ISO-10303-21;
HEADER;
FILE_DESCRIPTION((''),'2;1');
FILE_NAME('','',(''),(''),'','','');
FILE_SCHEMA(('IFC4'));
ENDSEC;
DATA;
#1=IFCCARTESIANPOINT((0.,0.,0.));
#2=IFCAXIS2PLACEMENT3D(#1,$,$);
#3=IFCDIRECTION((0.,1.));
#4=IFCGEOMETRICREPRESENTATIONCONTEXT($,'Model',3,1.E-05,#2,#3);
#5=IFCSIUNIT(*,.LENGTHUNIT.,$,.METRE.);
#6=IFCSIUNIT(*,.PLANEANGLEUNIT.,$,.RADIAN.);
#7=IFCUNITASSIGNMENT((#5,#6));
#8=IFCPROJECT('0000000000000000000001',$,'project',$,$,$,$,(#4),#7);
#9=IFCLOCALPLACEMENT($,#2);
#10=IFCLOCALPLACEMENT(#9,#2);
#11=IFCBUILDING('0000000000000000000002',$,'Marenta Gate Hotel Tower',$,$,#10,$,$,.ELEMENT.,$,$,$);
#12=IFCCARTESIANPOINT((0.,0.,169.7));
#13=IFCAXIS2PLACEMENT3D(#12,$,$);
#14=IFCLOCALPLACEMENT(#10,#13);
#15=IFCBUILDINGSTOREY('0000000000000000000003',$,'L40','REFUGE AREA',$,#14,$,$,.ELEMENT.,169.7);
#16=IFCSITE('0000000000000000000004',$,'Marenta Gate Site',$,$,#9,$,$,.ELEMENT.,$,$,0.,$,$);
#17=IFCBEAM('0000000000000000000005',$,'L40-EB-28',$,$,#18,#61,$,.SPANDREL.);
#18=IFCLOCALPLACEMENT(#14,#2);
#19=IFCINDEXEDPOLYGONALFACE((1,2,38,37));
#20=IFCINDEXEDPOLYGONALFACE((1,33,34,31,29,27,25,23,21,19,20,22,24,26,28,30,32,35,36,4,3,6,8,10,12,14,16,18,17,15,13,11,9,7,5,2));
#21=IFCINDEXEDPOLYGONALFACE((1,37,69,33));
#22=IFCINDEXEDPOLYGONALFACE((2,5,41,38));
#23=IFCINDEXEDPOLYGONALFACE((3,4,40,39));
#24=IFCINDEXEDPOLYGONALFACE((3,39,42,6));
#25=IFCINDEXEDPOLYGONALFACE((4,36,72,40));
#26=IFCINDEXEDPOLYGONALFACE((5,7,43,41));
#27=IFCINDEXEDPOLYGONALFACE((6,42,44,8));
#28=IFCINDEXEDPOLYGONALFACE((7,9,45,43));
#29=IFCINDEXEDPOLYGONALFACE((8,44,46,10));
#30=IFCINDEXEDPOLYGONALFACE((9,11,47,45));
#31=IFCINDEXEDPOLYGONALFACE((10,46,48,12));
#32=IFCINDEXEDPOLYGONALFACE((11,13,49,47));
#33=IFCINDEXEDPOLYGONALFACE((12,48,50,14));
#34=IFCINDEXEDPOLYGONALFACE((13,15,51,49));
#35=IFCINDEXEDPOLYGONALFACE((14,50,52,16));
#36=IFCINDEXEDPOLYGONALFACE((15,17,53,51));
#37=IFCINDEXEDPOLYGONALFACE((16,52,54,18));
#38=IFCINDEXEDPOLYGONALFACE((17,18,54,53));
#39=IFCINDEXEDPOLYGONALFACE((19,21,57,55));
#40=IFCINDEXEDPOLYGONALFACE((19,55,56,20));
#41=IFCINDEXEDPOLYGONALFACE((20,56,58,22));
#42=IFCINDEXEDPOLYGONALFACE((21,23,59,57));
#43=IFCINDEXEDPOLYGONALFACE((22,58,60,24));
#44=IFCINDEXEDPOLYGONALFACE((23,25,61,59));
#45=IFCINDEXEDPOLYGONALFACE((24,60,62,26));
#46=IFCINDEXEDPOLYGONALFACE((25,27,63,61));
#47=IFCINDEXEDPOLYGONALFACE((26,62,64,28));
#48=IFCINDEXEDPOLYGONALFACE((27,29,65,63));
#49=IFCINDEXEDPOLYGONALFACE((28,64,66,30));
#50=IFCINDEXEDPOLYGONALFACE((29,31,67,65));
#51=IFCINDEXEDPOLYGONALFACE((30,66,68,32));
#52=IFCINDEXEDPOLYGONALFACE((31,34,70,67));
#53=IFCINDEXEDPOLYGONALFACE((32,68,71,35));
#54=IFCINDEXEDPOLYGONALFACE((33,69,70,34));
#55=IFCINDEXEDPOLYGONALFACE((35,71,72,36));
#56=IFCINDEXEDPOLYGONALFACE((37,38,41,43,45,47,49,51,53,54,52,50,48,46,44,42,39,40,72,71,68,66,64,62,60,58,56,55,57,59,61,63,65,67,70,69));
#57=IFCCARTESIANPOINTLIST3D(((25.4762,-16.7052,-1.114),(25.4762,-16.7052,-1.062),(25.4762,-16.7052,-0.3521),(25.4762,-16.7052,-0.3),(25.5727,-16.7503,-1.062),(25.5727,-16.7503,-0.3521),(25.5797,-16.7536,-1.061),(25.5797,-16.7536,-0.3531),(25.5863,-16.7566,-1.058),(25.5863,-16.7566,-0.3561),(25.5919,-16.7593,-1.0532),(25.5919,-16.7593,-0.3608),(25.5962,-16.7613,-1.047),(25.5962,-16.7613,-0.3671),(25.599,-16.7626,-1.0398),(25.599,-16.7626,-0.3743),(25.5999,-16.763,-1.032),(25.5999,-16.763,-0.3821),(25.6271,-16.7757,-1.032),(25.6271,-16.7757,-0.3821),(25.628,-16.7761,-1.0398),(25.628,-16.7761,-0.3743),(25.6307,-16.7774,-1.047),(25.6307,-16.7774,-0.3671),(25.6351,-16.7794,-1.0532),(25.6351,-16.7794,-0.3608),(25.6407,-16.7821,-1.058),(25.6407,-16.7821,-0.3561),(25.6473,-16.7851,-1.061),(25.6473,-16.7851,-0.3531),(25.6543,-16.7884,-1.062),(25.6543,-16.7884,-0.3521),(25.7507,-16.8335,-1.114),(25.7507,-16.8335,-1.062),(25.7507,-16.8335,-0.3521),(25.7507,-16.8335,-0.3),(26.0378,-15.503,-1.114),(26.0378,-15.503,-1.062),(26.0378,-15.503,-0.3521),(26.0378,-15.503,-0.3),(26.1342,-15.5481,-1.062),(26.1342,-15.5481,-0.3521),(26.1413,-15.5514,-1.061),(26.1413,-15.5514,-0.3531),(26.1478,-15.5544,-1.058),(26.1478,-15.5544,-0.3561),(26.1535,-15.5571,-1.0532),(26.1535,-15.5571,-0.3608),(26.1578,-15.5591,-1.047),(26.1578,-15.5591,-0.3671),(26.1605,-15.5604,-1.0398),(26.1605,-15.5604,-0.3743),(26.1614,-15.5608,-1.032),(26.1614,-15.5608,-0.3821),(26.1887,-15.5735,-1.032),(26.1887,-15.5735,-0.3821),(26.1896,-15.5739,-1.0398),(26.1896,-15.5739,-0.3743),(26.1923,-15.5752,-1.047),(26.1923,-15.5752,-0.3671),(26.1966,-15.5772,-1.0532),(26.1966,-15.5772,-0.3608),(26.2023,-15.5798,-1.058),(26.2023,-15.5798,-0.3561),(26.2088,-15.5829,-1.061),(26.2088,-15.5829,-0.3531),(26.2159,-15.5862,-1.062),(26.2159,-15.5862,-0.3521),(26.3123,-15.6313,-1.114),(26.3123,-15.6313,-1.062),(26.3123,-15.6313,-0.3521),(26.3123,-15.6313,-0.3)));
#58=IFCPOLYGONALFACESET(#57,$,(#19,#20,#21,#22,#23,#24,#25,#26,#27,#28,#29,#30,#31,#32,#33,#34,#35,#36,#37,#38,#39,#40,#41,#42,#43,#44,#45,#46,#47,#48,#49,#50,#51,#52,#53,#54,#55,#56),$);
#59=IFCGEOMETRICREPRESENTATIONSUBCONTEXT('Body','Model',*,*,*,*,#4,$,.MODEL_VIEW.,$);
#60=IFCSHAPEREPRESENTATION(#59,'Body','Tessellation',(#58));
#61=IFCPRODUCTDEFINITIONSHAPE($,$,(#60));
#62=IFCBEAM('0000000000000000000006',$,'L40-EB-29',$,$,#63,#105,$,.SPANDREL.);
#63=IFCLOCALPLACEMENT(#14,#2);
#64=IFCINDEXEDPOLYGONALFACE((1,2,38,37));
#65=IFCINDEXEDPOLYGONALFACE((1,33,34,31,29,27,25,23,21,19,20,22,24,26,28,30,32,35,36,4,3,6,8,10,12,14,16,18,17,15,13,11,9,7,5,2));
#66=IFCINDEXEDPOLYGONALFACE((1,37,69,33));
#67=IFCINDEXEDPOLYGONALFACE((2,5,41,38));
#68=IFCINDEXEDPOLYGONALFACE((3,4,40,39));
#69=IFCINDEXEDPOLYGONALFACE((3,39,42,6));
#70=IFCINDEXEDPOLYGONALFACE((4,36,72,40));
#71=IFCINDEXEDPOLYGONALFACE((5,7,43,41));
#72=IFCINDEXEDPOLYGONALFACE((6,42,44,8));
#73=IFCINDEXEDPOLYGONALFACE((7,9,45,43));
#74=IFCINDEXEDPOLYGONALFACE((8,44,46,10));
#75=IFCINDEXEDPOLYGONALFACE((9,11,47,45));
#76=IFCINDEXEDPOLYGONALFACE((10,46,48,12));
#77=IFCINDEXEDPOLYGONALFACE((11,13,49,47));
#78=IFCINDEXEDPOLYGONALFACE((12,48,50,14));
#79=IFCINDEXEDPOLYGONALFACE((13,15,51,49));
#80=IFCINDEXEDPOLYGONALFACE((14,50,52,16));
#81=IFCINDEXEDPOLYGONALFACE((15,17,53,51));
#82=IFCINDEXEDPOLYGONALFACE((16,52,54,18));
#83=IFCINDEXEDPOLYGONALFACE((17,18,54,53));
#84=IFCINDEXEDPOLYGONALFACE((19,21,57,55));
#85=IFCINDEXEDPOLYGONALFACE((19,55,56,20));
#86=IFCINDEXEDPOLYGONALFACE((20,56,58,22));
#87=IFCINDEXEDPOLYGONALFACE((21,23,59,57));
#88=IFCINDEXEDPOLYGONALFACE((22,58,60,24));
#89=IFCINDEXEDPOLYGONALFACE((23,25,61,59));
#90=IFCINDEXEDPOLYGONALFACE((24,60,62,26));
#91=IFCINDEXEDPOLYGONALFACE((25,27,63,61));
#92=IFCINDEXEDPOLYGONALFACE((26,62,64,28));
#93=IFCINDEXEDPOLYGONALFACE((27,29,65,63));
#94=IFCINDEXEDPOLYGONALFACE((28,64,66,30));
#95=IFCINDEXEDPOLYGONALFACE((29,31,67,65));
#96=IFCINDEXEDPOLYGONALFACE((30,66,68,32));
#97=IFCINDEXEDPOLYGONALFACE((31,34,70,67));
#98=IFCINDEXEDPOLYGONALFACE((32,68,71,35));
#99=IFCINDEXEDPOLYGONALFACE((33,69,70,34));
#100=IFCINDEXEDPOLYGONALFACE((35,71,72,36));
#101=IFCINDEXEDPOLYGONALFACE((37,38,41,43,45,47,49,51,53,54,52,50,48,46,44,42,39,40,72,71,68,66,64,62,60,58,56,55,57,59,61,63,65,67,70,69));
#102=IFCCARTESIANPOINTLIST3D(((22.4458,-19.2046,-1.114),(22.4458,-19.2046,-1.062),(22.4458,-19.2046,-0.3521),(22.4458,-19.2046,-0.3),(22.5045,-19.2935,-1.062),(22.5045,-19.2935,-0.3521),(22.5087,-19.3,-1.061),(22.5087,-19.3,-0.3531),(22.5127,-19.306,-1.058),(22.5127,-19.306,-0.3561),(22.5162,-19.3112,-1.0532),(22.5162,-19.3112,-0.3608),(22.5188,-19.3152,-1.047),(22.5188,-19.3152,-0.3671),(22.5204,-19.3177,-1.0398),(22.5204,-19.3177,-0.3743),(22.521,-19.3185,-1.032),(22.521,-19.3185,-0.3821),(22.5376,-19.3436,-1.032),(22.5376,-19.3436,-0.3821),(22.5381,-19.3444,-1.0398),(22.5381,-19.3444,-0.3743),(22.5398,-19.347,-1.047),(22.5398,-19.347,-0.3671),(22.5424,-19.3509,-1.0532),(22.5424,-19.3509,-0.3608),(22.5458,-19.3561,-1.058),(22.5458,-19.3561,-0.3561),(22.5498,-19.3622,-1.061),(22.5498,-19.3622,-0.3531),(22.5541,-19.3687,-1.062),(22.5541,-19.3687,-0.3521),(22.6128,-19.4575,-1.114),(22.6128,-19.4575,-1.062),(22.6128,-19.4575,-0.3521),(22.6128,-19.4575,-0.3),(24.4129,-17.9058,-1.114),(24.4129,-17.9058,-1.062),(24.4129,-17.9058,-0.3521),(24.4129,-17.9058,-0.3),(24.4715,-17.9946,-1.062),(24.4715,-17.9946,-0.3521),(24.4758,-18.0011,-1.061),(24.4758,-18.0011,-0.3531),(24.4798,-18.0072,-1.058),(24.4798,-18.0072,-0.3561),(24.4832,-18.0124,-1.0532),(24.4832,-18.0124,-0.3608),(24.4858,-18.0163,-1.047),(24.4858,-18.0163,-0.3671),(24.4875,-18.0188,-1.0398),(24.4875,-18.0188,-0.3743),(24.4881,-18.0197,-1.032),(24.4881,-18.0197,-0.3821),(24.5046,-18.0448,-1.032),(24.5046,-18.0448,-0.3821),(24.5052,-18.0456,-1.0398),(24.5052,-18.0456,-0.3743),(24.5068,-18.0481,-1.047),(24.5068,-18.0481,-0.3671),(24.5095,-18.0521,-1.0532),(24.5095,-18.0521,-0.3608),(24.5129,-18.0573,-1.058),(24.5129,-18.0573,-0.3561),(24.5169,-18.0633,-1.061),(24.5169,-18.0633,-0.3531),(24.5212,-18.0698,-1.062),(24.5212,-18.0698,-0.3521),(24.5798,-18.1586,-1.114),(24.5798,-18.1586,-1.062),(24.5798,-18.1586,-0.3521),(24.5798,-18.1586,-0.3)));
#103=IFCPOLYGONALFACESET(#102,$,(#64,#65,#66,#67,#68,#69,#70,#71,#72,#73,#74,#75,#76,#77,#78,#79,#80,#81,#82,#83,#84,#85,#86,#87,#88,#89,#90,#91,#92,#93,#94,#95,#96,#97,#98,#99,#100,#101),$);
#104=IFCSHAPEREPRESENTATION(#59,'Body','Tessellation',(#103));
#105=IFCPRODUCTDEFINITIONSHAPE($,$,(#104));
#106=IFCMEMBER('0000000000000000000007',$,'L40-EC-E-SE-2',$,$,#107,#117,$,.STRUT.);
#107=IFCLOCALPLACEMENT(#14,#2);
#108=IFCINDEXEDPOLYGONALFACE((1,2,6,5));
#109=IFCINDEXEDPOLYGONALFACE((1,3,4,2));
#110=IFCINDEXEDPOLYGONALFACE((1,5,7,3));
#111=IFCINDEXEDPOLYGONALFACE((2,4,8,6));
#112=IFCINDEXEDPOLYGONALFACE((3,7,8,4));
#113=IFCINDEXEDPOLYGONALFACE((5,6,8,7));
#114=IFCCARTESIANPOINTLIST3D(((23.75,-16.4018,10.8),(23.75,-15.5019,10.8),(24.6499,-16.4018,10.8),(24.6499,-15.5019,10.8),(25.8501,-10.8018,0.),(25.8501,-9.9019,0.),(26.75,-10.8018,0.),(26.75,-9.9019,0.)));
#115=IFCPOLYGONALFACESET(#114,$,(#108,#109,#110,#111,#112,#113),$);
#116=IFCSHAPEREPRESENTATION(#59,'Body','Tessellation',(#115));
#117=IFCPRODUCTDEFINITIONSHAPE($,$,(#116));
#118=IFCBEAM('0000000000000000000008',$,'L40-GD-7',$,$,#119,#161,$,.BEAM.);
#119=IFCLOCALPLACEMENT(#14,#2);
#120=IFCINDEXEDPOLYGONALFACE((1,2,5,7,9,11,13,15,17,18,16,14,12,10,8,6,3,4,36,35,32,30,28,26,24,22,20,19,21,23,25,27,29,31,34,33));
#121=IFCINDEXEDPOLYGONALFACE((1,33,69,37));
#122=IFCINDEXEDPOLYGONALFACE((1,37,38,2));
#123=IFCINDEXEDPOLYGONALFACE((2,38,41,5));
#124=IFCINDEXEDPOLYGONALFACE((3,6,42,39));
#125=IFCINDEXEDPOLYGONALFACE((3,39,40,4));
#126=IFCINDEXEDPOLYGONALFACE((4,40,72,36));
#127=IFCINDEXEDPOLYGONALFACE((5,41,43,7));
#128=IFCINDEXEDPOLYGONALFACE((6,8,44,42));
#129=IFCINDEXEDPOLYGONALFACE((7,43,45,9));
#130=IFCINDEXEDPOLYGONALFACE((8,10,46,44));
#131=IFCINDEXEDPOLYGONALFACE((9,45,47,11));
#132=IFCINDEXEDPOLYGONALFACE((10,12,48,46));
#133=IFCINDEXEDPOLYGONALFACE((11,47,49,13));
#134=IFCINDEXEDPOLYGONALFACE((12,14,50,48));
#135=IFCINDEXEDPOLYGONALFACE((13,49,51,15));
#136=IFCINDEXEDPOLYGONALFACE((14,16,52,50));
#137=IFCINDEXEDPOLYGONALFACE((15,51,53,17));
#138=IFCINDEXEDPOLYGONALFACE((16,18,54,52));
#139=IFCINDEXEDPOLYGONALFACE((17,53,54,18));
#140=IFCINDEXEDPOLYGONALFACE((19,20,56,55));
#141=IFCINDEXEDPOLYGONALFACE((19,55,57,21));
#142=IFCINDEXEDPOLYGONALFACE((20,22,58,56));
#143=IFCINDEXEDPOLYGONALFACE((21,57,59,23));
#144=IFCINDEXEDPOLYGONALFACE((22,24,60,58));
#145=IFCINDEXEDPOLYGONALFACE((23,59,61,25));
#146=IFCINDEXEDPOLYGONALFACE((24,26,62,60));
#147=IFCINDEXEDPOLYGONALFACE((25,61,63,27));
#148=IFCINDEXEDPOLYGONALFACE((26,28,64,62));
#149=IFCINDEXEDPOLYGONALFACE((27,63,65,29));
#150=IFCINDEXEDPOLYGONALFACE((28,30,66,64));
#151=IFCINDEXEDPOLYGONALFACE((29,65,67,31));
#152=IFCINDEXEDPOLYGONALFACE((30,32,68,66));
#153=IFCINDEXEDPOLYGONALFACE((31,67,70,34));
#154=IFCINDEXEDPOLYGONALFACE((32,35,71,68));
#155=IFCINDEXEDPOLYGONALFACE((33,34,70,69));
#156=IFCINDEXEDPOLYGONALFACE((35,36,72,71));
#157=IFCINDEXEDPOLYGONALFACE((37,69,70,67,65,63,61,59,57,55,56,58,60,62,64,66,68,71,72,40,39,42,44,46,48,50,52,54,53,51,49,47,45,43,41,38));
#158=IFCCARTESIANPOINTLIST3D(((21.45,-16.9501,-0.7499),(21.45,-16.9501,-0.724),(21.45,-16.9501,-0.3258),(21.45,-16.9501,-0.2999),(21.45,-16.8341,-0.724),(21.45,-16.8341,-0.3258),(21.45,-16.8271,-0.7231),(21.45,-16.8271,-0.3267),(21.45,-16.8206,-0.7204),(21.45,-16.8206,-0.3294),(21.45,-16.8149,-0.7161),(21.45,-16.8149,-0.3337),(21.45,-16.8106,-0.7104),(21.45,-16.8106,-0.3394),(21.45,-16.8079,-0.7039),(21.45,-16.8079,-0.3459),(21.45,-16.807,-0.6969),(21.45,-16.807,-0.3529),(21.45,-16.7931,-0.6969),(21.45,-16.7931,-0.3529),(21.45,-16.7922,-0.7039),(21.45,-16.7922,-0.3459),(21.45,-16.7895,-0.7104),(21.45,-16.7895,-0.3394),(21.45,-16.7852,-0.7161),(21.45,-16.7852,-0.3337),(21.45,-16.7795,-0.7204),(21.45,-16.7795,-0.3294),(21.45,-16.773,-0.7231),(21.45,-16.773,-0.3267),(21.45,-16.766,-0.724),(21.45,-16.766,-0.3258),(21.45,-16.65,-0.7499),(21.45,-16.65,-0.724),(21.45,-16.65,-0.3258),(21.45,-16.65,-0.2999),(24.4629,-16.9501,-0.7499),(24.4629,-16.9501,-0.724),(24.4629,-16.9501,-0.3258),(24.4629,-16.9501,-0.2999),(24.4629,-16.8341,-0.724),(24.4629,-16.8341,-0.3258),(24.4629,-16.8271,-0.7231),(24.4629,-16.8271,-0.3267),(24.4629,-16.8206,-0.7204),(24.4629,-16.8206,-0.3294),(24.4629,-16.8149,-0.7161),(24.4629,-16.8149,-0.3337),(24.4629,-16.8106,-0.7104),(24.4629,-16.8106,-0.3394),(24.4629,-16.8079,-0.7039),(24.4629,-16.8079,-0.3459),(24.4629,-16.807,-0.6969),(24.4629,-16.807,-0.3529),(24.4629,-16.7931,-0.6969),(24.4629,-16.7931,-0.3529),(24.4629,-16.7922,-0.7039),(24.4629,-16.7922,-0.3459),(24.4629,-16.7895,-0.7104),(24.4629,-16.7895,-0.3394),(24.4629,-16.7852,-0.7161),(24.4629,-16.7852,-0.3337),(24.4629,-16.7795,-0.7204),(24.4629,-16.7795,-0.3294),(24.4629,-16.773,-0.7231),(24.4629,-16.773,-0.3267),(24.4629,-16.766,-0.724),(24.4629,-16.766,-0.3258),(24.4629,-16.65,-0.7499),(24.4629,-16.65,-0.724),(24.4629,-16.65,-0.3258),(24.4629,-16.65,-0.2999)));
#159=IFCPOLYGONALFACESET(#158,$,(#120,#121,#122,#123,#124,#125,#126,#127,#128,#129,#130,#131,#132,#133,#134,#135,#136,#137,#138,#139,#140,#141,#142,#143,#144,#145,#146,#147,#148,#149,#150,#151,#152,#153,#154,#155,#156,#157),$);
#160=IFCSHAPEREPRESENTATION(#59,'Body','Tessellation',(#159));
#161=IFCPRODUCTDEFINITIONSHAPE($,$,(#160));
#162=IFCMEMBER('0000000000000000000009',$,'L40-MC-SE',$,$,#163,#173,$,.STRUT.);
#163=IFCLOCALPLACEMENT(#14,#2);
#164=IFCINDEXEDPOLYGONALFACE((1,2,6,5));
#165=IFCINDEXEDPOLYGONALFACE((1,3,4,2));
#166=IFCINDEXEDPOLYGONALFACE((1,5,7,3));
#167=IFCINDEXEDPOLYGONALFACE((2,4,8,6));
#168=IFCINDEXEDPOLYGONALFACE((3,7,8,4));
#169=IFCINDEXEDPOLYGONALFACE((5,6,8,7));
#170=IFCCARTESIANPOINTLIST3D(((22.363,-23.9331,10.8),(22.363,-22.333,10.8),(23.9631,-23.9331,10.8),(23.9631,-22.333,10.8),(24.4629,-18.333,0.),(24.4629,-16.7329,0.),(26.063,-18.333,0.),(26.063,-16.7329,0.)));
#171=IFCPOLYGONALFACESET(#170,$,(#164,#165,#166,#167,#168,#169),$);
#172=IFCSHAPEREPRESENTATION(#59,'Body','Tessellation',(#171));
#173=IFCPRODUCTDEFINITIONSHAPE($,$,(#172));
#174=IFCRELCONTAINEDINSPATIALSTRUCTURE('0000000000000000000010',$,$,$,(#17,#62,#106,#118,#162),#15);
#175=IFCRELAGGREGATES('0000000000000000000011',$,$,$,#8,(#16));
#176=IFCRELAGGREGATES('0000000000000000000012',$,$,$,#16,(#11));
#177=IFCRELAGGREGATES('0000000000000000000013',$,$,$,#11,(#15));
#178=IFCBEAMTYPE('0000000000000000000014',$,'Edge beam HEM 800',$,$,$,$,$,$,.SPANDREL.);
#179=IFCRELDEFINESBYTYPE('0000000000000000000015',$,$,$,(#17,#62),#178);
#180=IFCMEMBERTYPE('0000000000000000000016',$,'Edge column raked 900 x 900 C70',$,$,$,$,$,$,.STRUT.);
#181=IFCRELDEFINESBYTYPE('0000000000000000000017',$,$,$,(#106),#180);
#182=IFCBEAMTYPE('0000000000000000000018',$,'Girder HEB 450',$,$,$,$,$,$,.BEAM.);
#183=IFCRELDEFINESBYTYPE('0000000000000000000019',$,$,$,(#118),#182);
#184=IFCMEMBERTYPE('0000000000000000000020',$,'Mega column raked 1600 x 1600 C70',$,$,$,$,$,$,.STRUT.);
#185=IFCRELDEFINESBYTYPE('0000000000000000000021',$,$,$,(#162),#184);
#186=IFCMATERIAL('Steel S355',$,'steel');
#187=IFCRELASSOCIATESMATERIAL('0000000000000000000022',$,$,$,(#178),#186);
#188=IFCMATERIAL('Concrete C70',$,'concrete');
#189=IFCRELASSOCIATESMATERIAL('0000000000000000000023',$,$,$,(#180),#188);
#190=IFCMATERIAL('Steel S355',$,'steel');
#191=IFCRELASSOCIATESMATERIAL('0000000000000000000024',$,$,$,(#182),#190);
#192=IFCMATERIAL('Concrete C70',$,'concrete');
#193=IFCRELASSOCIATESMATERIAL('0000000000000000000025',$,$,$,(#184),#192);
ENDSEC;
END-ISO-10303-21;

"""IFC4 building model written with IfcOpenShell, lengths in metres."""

from ifc_helpers import new_model, si_unit, direction, frame, origin, origin_2d, place, context, subcontext, project, spatial, rectangle, i_section, extrude, material, material_profile, profile_set, type_object, element, save


model = new_model("IFC4")

# Units and contexts
model_context = context("Model", 3, precision=1e-05, world=origin(), true_north=direction((0.0, 1.0)))
body_context = subcontext(model_context, "Body", "Model", "MODEL_VIEW")
ifc_project = project(units=[si_unit("LENGTHUNIT", "METRE"), si_unit("PLANEANGLEUNIT", "RADIAN")], contexts=[model_context])

# Site, building, storey
site_placement = place(None, origin())
site = spatial("IfcSite", under=ifc_project, at=site_placement, Name="Marenta Gate Site", CompositionType="ELEMENT", RefElevation=0.0)
building_placement = place(site_placement, origin())
building = spatial("IfcBuilding", under=site, at=building_placement, Name="Marenta Gate Hotel Tower", CompositionType="ELEMENT")
storey_placement = place(building_placement, frame((0.0, 0.0, 169.7)))
storey = spatial("IfcBuildingStorey", under=building, at=storey_placement, Name="L40", Description="REFUGE AREA", CompositionType="ELEMENT", Elevation=169.7)

# Beams
ifc_material_1 = material(Name="Steel S355", Category="steel")
ifc_material_profile_1 = material_profile(ifc_material_1, i_section(OverallWidth=0.303, OverallDepth=0.814, WebThickness=0.03, FlangeThickness=0.052, FilletRadius=0.03, at=origin_2d()), Name="HEM 800")
ifc_profile_set_1 = profile_set([ifc_material_profile_1], Name="Steel S355")
beam_type_1 = type_object("IfcBeamType", Name="Edge beam HEM 800", PredefinedType="SPANDREL", material=ifc_profile_set_1)
beam_1_placement = place(storey_placement, frame((26.175, -15.5671, -0.707), z_axis=(-0.423208, -0.906033, 0.0), x_axis=(0.906033, -0.423208, 0.0)))
element("IfcBeam", 1, at=beam_1_placement, inside=storey, type_object=beam_type_1, Name="L40-EB-28", PredefinedType="SPANDREL", context=body_context, shape_type="SweptSolid", body=[
    extrude(i_section(OverallWidth=0.303, OverallDepth=0.814, WebThickness=0.03, FlangeThickness=0.052, FilletRadius=0.03, at=origin_2d()), origin(), (0.0, 0.0, 1.0), 1.3269),
])
beam_2_placement = place(storey_placement, frame((24.4963, -18.0322, -0.707), z_axis=(-0.834496, -0.551014, 0.0), x_axis=(0.551014, -0.834496, 0.0)))
element("IfcBeam", 2, at=beam_2_placement, inside=storey, type_object=beam_type_1, Name="L40-EB-29", PredefinedType="SPANDREL", context=body_context, shape_type="SweptSolid", body=[
    extrude(i_section(OverallWidth=0.303, OverallDepth=0.814, WebThickness=0.03, FlangeThickness=0.052, FilletRadius=0.03, at=origin_2d()), origin(), (0.0, 0.0, 1.0), 2.3572),
])

# Member
ifc_material_2 = material(Name="Concrete C70", Category="concrete")
ifc_material_profile_2 = material_profile(ifc_material_2, rectangle(XDim=0.8999, YDim=0.8999, at=origin_2d()), Name="900 x 900")
ifc_profile_set_2 = profile_set([ifc_material_profile_2], Name="Concrete C70")
member_type_1 = type_object("IfcMemberType", Name="Edge column raked 900 x 900 C70", PredefinedType="STRUT", material=ifc_profile_set_2)
member_1_placement = place(storey_placement, frame((26.3, -10.3518, 0.0), z_axis=(0.0, 0.0, 1.0), x_axis=(1.0, 0.0, 0.0)))
element("IfcMember", 3, at=member_1_placement, inside=storey, type_object=member_type_1, Name="L40-EC-E-SE-2", PredefinedType="STRUT", context=body_context, shape_type="SweptSolid", body=[
    extrude(rectangle(XDim=0.8999, YDim=0.8999, at=origin_2d()), origin(), (-0.17011, -0.453613, 0.874813), 12.3455),
])

# Beam
ifc_material_3 = material(Name="Steel S355", Category="steel")
ifc_material_profile_3 = material_profile(ifc_material_3, i_section(OverallWidth=0.3, OverallDepth=0.45, WebThickness=0.0139, FlangeThickness=0.0259, FilletRadius=0.0271, at=origin_2d()), Name="HEB 450")
ifc_profile_set_3 = profile_set([ifc_material_profile_3], Name="Steel S355")
beam_type_2 = type_object("IfcBeamType", Name="Girder HEB 450", PredefinedType="BEAM", material=ifc_profile_set_3)
beam_3_placement = place(storey_placement, frame((21.45, -16.8, -0.5249), z_axis=(1.0, 0.0, 0.0), x_axis=(0.0, 1.0, 0.0)))
element("IfcBeam", 4, at=beam_3_placement, inside=storey, type_object=beam_type_2, Name="L40-GD-7", PredefinedType="BEAM", context=body_context, shape_type="SweptSolid", body=[
    extrude(i_section(OverallWidth=0.3, OverallDepth=0.45, WebThickness=0.0139, FlangeThickness=0.0259, FilletRadius=0.0271, at=origin_2d()), origin(), (0.0, 0.0, 1.0), 3.0129),
])

# Member
ifc_material_4 = material(Name="Concrete C70", Category="concrete")
ifc_material_profile_4 = material_profile(ifc_material_4, rectangle(XDim=1.6001, YDim=1.6001, at=origin_2d()), Name="1600 x 1600")
ifc_profile_set_4 = profile_set([ifc_material_profile_4], Name="Concrete C70")
member_type_2 = type_object("IfcMemberType", Name="Mega column raked 1600 x 1600 C70", PredefinedType="STRUT", material=ifc_profile_set_4)
member_2_placement = place(storey_placement, frame((25.2629, -17.533, 0.0), z_axis=(0.0, 0.0, 1.0), x_axis=(1.0, 0.0, 0.0)))
element("IfcMember", 5, at=member_2_placement, inside=storey, type_object=member_type_2, Name="L40-MC-SE", PredefinedType="STRUT", context=body_context, shape_type="SweptSolid", body=[
    extrude(rectangle(XDim=1.6001, YDim=1.6001, at=origin_2d()), origin(), (-0.170091, -0.453614, 0.874816), 12.3455),
])

save(model, "model.ifc")
